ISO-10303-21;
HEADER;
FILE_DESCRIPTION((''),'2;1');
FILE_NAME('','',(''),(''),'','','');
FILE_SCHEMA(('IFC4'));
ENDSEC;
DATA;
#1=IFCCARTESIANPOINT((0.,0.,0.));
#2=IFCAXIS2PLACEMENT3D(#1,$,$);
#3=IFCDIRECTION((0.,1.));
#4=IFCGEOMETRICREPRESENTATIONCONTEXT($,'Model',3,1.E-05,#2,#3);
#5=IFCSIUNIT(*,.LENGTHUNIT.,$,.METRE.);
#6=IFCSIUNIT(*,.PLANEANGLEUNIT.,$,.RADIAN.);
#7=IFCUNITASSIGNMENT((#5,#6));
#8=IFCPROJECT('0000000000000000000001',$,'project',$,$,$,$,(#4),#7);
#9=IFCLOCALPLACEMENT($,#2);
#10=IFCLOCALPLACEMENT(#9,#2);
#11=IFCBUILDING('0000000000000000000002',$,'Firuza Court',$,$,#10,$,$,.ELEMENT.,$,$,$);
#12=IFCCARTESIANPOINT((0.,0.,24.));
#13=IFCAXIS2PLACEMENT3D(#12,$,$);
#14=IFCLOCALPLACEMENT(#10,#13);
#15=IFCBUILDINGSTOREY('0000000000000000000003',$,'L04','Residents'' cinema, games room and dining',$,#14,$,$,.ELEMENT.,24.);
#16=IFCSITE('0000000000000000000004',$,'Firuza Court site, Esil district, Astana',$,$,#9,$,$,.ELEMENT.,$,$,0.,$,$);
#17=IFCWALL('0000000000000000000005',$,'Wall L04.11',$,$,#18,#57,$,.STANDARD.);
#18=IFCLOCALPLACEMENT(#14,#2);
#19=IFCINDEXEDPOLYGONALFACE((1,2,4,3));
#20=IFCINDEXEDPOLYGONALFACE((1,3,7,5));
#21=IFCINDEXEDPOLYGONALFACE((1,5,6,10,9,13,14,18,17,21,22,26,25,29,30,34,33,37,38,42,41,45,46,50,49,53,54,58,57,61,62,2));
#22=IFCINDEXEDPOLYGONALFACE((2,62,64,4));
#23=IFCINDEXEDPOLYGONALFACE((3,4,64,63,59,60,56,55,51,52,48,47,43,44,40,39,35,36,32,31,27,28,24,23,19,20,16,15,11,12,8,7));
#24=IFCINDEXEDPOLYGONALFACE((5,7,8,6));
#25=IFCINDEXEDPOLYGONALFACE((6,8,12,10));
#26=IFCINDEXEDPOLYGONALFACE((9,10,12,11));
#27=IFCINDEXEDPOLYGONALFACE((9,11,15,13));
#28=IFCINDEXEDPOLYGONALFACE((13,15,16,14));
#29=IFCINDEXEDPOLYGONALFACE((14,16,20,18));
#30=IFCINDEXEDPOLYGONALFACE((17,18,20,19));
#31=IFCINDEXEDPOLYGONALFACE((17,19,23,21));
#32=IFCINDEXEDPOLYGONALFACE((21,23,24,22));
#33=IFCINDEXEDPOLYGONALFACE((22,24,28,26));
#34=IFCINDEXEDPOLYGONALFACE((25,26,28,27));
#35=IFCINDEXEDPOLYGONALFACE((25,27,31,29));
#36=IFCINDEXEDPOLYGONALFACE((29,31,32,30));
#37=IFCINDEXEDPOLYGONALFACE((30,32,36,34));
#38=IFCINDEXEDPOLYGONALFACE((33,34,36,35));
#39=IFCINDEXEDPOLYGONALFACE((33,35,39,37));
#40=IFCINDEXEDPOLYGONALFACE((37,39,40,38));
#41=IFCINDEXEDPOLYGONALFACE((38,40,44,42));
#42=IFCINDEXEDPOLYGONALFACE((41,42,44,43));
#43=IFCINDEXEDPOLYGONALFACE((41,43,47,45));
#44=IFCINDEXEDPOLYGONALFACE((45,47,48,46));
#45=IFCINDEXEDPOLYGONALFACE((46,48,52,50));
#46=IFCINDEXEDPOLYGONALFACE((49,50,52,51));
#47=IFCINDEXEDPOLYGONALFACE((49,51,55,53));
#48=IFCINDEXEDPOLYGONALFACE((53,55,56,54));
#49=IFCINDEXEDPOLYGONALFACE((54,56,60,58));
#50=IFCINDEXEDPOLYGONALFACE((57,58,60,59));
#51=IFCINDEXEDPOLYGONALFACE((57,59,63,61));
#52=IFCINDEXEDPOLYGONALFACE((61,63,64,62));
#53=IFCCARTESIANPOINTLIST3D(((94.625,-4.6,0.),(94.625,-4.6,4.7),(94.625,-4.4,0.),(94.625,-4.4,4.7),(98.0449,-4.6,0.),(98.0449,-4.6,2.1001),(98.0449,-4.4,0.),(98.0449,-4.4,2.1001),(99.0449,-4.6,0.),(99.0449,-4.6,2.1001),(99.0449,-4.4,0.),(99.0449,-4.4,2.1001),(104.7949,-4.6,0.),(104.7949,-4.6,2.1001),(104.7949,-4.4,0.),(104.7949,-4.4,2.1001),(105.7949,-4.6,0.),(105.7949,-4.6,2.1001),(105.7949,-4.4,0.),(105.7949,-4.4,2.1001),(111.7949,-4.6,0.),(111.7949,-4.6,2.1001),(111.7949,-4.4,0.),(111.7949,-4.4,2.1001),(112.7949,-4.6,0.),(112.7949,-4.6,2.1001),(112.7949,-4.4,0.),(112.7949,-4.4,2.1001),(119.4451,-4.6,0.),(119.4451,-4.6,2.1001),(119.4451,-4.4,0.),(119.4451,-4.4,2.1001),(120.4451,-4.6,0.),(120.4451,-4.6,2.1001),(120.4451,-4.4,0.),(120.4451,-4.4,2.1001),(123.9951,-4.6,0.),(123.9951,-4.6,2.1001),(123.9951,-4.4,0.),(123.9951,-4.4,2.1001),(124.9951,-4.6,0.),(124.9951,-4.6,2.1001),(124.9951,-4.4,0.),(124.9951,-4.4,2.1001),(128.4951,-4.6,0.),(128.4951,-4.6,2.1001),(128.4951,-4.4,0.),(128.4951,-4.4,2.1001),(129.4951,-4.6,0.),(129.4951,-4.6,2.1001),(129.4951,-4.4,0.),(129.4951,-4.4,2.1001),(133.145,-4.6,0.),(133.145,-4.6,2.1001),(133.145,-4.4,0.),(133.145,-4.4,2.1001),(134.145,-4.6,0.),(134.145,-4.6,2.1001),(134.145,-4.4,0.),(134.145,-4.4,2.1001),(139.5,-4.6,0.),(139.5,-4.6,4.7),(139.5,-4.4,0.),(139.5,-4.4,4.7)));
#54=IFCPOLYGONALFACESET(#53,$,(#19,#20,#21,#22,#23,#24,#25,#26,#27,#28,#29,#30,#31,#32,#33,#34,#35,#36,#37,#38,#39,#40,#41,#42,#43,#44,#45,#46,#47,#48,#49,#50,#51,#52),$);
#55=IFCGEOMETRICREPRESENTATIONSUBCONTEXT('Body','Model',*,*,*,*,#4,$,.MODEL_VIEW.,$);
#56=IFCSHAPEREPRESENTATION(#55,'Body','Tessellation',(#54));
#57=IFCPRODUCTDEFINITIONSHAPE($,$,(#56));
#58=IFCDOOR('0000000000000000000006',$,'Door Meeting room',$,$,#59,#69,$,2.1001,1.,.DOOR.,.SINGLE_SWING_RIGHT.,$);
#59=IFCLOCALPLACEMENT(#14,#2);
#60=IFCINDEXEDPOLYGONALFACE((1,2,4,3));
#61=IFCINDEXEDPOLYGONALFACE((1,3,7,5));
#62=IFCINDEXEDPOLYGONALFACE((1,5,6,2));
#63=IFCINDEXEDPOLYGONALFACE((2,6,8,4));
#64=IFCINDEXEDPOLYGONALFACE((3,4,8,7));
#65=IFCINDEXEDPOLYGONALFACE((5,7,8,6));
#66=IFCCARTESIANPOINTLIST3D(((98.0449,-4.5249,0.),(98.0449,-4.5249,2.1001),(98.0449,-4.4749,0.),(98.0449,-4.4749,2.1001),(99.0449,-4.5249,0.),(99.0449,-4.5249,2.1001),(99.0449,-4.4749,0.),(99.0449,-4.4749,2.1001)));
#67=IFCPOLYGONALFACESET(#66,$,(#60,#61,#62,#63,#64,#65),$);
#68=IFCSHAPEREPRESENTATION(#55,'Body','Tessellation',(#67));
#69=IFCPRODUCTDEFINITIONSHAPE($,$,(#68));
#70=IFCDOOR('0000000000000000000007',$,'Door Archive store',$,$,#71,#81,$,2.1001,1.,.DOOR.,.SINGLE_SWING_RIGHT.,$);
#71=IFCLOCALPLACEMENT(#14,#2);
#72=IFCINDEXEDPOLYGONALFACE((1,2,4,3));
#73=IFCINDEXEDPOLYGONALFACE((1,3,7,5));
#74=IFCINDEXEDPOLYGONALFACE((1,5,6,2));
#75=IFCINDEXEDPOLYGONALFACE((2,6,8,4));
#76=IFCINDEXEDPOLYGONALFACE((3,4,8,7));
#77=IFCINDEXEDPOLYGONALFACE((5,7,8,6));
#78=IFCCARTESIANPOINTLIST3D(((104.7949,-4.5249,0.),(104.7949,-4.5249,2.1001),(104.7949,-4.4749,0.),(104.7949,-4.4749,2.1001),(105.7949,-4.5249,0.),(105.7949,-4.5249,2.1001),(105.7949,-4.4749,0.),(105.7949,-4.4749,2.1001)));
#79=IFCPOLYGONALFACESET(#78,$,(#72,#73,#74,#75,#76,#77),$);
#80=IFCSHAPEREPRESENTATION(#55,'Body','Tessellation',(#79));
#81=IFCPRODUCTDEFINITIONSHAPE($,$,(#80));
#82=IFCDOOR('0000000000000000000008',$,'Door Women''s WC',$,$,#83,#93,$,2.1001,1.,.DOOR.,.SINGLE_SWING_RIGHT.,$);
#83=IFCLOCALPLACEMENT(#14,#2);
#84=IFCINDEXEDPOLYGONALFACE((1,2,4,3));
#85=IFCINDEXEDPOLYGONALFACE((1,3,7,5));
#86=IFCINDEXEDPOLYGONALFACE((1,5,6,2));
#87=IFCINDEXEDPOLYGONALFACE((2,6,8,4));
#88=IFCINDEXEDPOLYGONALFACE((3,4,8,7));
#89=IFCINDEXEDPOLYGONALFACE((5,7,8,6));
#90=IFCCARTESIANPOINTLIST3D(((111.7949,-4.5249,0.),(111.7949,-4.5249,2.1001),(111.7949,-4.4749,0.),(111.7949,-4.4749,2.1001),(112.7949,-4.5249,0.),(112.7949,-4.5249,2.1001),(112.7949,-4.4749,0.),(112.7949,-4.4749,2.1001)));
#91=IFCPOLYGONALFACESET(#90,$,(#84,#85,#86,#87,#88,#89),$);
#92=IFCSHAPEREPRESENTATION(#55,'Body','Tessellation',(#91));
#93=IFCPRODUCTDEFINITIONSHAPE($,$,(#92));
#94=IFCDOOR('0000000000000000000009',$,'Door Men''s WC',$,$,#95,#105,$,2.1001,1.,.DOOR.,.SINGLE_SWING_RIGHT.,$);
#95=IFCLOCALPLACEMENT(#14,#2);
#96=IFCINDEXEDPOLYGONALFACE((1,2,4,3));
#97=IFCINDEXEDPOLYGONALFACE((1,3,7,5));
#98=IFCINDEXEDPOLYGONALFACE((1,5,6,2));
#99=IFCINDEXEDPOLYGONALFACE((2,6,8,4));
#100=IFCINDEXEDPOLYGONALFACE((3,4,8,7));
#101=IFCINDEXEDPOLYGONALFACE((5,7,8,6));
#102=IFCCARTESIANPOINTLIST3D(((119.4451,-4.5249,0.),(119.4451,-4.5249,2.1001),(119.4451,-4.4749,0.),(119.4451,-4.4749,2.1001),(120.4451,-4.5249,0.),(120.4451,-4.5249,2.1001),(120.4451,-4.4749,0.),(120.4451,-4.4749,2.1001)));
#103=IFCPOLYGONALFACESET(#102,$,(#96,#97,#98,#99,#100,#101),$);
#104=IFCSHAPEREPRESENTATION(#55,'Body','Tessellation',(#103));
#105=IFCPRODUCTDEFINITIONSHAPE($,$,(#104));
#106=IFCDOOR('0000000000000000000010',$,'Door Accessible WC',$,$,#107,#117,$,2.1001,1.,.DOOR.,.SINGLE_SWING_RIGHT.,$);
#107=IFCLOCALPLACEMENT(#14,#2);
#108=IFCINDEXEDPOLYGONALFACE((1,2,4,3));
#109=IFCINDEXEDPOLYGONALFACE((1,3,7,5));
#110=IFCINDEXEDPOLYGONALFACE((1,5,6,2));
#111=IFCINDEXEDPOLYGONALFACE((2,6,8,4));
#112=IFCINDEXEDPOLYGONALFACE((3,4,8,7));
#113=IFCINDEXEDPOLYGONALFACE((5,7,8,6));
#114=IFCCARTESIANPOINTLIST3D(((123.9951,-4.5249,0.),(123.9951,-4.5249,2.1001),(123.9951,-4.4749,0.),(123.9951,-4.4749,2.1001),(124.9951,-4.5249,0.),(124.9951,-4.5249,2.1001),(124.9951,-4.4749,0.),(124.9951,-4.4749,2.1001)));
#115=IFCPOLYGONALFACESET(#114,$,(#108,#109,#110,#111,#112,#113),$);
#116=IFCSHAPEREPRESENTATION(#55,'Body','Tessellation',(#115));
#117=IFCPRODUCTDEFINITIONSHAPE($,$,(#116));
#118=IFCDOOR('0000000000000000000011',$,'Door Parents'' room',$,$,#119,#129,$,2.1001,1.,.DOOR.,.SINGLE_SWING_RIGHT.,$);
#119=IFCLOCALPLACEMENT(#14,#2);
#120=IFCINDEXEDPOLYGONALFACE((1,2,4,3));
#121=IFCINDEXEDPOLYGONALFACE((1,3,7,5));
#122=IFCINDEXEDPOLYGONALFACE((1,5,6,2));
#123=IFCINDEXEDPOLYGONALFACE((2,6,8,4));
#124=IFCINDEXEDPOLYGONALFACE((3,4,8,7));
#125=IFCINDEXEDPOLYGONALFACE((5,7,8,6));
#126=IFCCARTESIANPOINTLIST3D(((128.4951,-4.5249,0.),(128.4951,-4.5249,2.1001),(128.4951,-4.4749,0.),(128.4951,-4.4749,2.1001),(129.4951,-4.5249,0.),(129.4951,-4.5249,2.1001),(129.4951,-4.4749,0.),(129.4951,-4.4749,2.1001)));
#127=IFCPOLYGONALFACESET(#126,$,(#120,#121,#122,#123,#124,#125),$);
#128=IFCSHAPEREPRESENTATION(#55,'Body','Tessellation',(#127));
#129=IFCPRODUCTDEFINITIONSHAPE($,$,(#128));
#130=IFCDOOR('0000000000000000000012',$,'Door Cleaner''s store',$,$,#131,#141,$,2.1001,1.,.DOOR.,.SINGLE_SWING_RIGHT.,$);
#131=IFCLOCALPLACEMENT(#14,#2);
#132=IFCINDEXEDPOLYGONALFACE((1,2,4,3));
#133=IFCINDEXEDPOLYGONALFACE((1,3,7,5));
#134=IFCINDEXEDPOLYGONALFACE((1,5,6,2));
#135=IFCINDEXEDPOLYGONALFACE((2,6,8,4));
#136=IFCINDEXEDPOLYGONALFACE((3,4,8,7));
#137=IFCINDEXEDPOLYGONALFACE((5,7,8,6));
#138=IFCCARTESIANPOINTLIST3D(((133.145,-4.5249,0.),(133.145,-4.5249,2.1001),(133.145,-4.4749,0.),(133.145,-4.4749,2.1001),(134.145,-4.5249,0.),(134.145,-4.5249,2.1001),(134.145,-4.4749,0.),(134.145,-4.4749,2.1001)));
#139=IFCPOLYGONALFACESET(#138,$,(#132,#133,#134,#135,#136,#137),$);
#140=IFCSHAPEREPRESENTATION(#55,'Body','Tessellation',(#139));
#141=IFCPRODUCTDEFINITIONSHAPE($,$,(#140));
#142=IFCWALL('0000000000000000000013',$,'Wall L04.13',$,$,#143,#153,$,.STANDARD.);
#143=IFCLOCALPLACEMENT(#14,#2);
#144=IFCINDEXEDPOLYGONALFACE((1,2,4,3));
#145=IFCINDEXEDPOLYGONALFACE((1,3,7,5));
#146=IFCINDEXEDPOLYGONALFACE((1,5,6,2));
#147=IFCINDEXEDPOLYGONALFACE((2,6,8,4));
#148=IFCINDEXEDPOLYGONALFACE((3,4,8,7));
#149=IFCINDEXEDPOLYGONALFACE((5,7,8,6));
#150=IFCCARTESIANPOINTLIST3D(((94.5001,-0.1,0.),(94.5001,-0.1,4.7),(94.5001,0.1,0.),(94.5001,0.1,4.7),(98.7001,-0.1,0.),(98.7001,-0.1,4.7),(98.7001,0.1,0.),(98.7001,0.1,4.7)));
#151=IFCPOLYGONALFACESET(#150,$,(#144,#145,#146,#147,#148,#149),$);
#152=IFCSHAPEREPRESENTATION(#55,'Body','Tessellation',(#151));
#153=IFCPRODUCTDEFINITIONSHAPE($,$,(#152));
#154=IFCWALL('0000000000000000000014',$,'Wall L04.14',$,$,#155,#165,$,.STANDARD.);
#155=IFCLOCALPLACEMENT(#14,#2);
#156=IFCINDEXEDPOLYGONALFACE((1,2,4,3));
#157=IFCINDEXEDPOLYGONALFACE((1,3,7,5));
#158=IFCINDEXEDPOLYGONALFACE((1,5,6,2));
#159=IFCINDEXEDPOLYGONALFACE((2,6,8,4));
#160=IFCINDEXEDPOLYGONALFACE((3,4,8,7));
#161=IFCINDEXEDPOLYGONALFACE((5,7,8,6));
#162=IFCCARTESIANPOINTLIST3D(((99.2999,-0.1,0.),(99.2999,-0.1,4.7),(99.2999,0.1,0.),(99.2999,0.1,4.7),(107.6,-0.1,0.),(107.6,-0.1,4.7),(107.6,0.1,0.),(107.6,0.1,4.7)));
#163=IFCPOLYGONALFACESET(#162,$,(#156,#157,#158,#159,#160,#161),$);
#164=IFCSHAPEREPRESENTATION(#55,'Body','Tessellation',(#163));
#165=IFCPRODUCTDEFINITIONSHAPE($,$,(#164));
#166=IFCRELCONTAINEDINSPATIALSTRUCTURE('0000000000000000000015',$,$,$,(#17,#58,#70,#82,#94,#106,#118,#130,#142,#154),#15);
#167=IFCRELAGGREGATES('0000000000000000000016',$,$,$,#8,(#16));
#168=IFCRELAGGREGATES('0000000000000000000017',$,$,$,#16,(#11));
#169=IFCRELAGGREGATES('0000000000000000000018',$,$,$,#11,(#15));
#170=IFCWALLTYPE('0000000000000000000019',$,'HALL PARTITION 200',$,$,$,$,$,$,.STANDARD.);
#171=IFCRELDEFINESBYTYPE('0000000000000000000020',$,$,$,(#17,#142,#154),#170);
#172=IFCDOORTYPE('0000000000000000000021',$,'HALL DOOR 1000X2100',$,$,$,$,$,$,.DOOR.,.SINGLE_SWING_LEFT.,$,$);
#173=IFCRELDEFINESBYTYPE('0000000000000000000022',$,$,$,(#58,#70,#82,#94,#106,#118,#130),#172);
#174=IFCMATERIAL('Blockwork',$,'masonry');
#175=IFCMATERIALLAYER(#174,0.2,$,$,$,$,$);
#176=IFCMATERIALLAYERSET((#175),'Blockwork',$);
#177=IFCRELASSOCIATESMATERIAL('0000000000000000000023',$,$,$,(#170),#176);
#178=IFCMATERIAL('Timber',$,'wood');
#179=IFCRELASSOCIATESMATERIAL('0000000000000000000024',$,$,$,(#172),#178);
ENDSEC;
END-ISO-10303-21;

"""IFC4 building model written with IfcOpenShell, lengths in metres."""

from ifc_helpers import new_model, si_unit, direction, frame, frame_2d, origin, place, context, subcontext, project, spatial, rectangle, extrude, material, layer, layer_set, type_object, element, fill, save


model = new_model("IFC4")

# Units and contexts
model_context = context("Model", 3, precision=1e-05, world=origin(), true_north=direction((0.0, 1.0)))
body_context = subcontext(model_context, "Body", "Model", "MODEL_VIEW")
ifc_project = project(units=[si_unit("LENGTHUNIT", "METRE"), si_unit("PLANEANGLEUNIT", "RADIAN")], contexts=[model_context])

# Site, building, storey
site_placement = place(None, origin())
site = spatial("IfcSite", under=ifc_project, at=site_placement, Name="Firuza Court site, Esil district, Astana", CompositionType="ELEMENT", RefElevation=0.0)
building_placement = place(site_placement, origin())
building = spatial("IfcBuilding", under=site, at=building_placement, Name="Firuza Court", CompositionType="ELEMENT")
storey_placement = place(building_placement, frame((0.0, 0.0, 24.0)))
storey = spatial("IfcBuildingStorey", under=building, at=storey_placement, Name="L04", Description="Residents' cinema, games room and dining", CompositionType="ELEMENT", Elevation=24.0)

# Wall, openings, doors
ifc_material_1 = material(Name="Blockwork", Category="masonry")
ifc_layer_1 = layer(ifc_material_1, 0.2)
ifc_layer_set_1 = layer_set([ifc_layer_1], Name="Blockwork")
wall_type_1 = type_object("IfcWallType", Name="HALL PARTITION 200", PredefinedType="STANDARD", material=ifc_layer_set_1)
wall_1_placement = place(storey_placement, frame((94.625, -4.5, 0.0), z_axis=(0.0, 0.0, 1.0), x_axis=(1.0, 0.0, 0.0)))
wall_1 = element("IfcWall", 1, at=wall_1_placement, inside=storey, type_object=wall_type_1, Name="Wall L04.11", PredefinedType="STANDARD", context=body_context, shape_type="SweptSolid", body=[
    extrude(rectangle(XDim=44.875, YDim=0.2, at=frame_2d((22.4375, 0.0))), origin(), (0.0, 0.0, 1.0), 4.7),
])
opening_1_placement = place(wall_1_placement, frame((3.4199, 0.0, 0.0)))
opening_1 = element("IfcOpeningElement", 2, at=opening_1_placement, cuts=wall_1, PredefinedType="OPENING", context=body_context, shape_type="SweptSolid", body=[
    extrude(rectangle(XDim=1.0, YDim=2.1001, at=frame_2d((0.5, 1.05))), frame((0.0, 0.1118, 0.0), z_axis=(0.0, -1.0, 0.0), x_axis=(1.0, 0.0, 0.0)), (0.0, 0.0, 1.0), 0.2239),
])
opening_2_placement = place(wall_1_placement, frame((10.1699, 0.0, 0.0)))
opening_2 = element("IfcOpeningElement", 3, at=opening_2_placement, cuts=wall_1, PredefinedType="OPENING", context=body_context, shape_type="SweptSolid", body=[
    extrude(rectangle(XDim=1.0, YDim=2.1001, at=frame_2d((0.5, 1.05))), frame((0.0, 0.1118, 0.0), z_axis=(0.0, -1.0, 0.0), x_axis=(1.0, 0.0, 0.0)), (0.0, 0.0, 1.0), 0.2239),
])
opening_3_placement = place(wall_1_placement, frame((17.1699, 0.0, 0.0)))
opening_3 = element("IfcOpeningElement", 4, at=opening_3_placement, cuts=wall_1, PredefinedType="OPENING", context=body_context, shape_type="SweptSolid", body=[
    extrude(rectangle(XDim=1.0, YDim=2.1001, at=frame_2d((0.5, 1.05))), frame((0.0, 0.1118, 0.0), z_axis=(0.0, -1.0, 0.0), x_axis=(1.0, 0.0, 0.0)), (0.0, 0.0, 1.0), 0.2239),
])
opening_4_placement = place(wall_1_placement, frame((24.8201, 0.0, 0.0)))
opening_4 = element("IfcOpeningElement", 5, at=opening_4_placement, cuts=wall_1, PredefinedType="OPENING", context=body_context, shape_type="SweptSolid", body=[
    extrude(rectangle(XDim=1.0, YDim=2.1001, at=frame_2d((0.5, 1.05))), frame((0.0, 0.1118, 0.0), z_axis=(0.0, -1.0, 0.0), x_axis=(1.0, 0.0, 0.0)), (0.0, 0.0, 1.0), 0.2239),
])
opening_5_placement = place(wall_1_placement, frame((29.3701, 0.0, 0.0)))
opening_5 = element("IfcOpeningElement", 6, at=opening_5_placement, cuts=wall_1, PredefinedType="OPENING", context=body_context, shape_type="SweptSolid", body=[
    extrude(rectangle(XDim=1.0, YDim=2.1001, at=frame_2d((0.5, 1.05))), frame((0.0, 0.1118, 0.0), z_axis=(0.0, -1.0, 0.0), x_axis=(1.0, 0.0, 0.0)), (0.0, 0.0, 1.0), 0.2239),
])
opening_6_placement = place(wall_1_placement, frame((33.8701, 0.0, 0.0)))
opening_6 = element("IfcOpeningElement", 7, at=opening_6_placement, cuts=wall_1, PredefinedType="OPENING", context=body_context, shape_type="SweptSolid", body=[
    extrude(rectangle(XDim=1.0, YDim=2.1001, at=frame_2d((0.5, 1.05))), frame((0.0, 0.1118, 0.0), z_axis=(0.0, -1.0, 0.0), x_axis=(1.0, 0.0, 0.0)), (0.0, 0.0, 1.0), 0.2239),
])
opening_7_placement = place(wall_1_placement, frame((38.52, 0.0, 0.0)))
opening_7 = element("IfcOpeningElement", 8, at=opening_7_placement, cuts=wall_1, PredefinedType="OPENING", context=body_context, shape_type="SweptSolid", body=[
    extrude(rectangle(XDim=1.0, YDim=2.1001, at=frame_2d((0.5, 1.05))), frame((0.0, 0.1118, 0.0), z_axis=(0.0, -1.0, 0.0), x_axis=(1.0, 0.0, 0.0)), (0.0, 0.0, 1.0), 0.2239),
])
ifc_material_2 = material(Name="Timber", Category="wood")
door_type_1 = type_object("IfcDoorType", Name="HALL DOOR 1000X2100", OperationType="SINGLE_SWING_LEFT", PredefinedType="DOOR", material=ifc_material_2)
door_1_placement = place(opening_1_placement, frame((1.0, 0.0, 0.0), z_axis=(0.0, 0.0, 1.0), x_axis=(-1.0, 0.0, 0.0)))
door_1 = element("IfcDoor", 9, at=door_1_placement, inside=storey, type_object=door_type_1, Name="Door Meeting room", OperationType="SINGLE_SWING_RIGHT", OverallHeight=2.1001, OverallWidth=1.0, PredefinedType="DOOR", context=body_context, shape_type="SweptSolid", body=[
    extrude(rectangle(XDim=1.0, YDim=2.1001, at=frame_2d((0.5, 1.05))), frame((0.0, 0.0249, 0.0), z_axis=(0.0, -1.0, 0.0), x_axis=(1.0, 0.0, 0.0)), (0.0, 0.0, 1.0), 0.05),
])
fill(opening_1, door_1)
door_2_placement = place(opening_2_placement, frame((1.0, 0.0, 0.0), z_axis=(0.0, 0.0, 1.0), x_axis=(-1.0, 0.0, 0.0)))
door_2 = element("IfcDoor", 10, at=door_2_placement, inside=storey, type_object=door_type_1, Name="Door Archive store", OperationType="SINGLE_SWING_RIGHT", OverallHeight=2.1001, OverallWidth=1.0, PredefinedType="DOOR", context=body_context, shape_type="SweptSolid", body=[
    extrude(rectangle(XDim=1.0, YDim=2.1001, at=frame_2d((0.5, 1.05))), frame((0.0, 0.0249, 0.0), z_axis=(0.0, -1.0, 0.0), x_axis=(1.0, 0.0, 0.0)), (0.0, 0.0, 1.0), 0.05),
])
fill(opening_2, door_2)
door_3_placement = place(opening_3_placement, frame((1.0, 0.0, 0.0), z_axis=(0.0, 0.0, 1.0), x_axis=(-1.0, 0.0, 0.0)))
door_3 = element("IfcDoor", 11, at=door_3_placement, inside=storey, type_object=door_type_1, Name="Door Women's WC", OperationType="SINGLE_SWING_RIGHT", OverallHeight=2.1001, OverallWidth=1.0, PredefinedType="DOOR", context=body_context, shape_type="SweptSolid", body=[
    extrude(rectangle(XDim=1.0, YDim=2.1001, at=frame_2d((0.5, 1.05))), frame((0.0, 0.0249, 0.0), z_axis=(0.0, -1.0, 0.0), x_axis=(1.0, 0.0, 0.0)), (0.0, 0.0, 1.0), 0.05),
])
fill(opening_3, door_3)
door_4_placement = place(opening_4_placement, frame((1.0, 0.0, 0.0), z_axis=(0.0, 0.0, 1.0), x_axis=(-1.0, 0.0, 0.0)))
door_4 = element("IfcDoor", 12, at=door_4_placement, inside=storey, type_object=door_type_1, Name="Door Men's WC", OperationType="SINGLE_SWING_RIGHT", OverallHeight=2.1001, OverallWidth=1.0, PredefinedType="DOOR", context=body_context, shape_type="SweptSolid", body=[
    extrude(rectangle(XDim=1.0, YDim=2.1001, at=frame_2d((0.5, 1.05))), frame((0.0, 0.0249, 0.0), z_axis=(0.0, -1.0, 0.0), x_axis=(1.0, 0.0, 0.0)), (0.0, 0.0, 1.0), 0.05),
])
fill(opening_4, door_4)
door_5_placement = place(opening_5_placement, frame((1.0, 0.0, 0.0), z_axis=(0.0, 0.0, 1.0), x_axis=(-1.0, 0.0, 0.0)))
door_5 = element("IfcDoor", 13, at=door_5_placement, inside=storey, type_object=door_type_1, Name="Door Accessible WC", OperationType="SINGLE_SWING_RIGHT", OverallHeight=2.1001, OverallWidth=1.0, PredefinedType="DOOR", context=body_context, shape_type="SweptSolid", body=[
    extrude(rectangle(XDim=1.0, YDim=2.1001, at=frame_2d((0.5, 1.05))), frame((0.0, 0.0249, 0.0), z_axis=(0.0, -1.0, 0.0), x_axis=(1.0, 0.0, 0.0)), (0.0, 0.0, 1.0), 0.05),
])
fill(opening_5, door_5)
door_6_placement = place(opening_6_placement, frame((1.0, 0.0, 0.0), z_axis=(0.0, 0.0, 1.0), x_axis=(-1.0, 0.0, 0.0)))
door_6 = element("IfcDoor", 14, at=door_6_placement, inside=storey, type_object=door_type_1, Name="Door Parents' room", OperationType="SINGLE_SWING_RIGHT", OverallHeight=2.1001, OverallWidth=1.0, PredefinedType="DOOR", context=body_context, shape_type="SweptSolid", body=[
    extrude(rectangle(XDim=1.0, YDim=2.1001, at=frame_2d((0.5, 1.05))), frame((0.0, 0.0249, 0.0), z_axis=(0.0, -1.0, 0.0), x_axis=(1.0, 0.0, 0.0)), (0.0, 0.0, 1.0), 0.05),
])
fill(opening_6, door_6)
door_7_placement = place(opening_7_placement, frame((1.0, 0.0, 0.0), z_axis=(0.0, 0.0, 1.0), x_axis=(-1.0, 0.0, 0.0)))
door_7 = element("IfcDoor", 15, at=door_7_placement, inside=storey, type_object=door_type_1, Name="Door Cleaner's store", OperationType="SINGLE_SWING_RIGHT", OverallHeight=2.1001, OverallWidth=1.0, PredefinedType="DOOR", context=body_context, shape_type="SweptSolid", body=[
    extrude(rectangle(XDim=1.0, YDim=2.1001, at=frame_2d((0.5, 1.05))), frame((0.0, 0.0249, 0.0), z_axis=(0.0, -1.0, 0.0), x_axis=(1.0, 0.0, 0.0)), (0.0, 0.0, 1.0), 0.05),
])
fill(opening_7, door_7)

# Walls
wall_2_placement = place(storey_placement, frame((94.5, 0.0, 0.0), z_axis=(0.0, 0.0, 1.0), x_axis=(1.0, 0.0, 0.0)))
element("IfcWall", 16, at=wall_2_placement, inside=storey, type_object=wall_type_1, Name="Wall L04.13", PredefinedType="STANDARD", context=body_context, shape_type="SweptSolid", body=[
    extrude(rectangle(XDim=4.2, YDim=0.2, at=frame_2d((2.1001, 0.0))), origin(), (0.0, 0.0, 1.0), 4.7),
])
wall_3_placement = place(storey_placement, frame((99.3, 0.0, 0.0), z_axis=(0.0, 0.0, 1.0), x_axis=(1.0, 0.0, 0.0)))
element("IfcWall", 17, at=wall_3_placement, inside=storey, type_object=wall_type_1, Name="Wall L04.14", PredefinedType="STANDARD", context=body_context, shape_type="SweptSolid", body=[
    extrude(rectangle(XDim=8.3, YDim=0.2, at=frame_2d((4.1499, 0.0))), origin(), (0.0, 0.0, 1.0), 4.7),
])

save(model, "model.ifc")
